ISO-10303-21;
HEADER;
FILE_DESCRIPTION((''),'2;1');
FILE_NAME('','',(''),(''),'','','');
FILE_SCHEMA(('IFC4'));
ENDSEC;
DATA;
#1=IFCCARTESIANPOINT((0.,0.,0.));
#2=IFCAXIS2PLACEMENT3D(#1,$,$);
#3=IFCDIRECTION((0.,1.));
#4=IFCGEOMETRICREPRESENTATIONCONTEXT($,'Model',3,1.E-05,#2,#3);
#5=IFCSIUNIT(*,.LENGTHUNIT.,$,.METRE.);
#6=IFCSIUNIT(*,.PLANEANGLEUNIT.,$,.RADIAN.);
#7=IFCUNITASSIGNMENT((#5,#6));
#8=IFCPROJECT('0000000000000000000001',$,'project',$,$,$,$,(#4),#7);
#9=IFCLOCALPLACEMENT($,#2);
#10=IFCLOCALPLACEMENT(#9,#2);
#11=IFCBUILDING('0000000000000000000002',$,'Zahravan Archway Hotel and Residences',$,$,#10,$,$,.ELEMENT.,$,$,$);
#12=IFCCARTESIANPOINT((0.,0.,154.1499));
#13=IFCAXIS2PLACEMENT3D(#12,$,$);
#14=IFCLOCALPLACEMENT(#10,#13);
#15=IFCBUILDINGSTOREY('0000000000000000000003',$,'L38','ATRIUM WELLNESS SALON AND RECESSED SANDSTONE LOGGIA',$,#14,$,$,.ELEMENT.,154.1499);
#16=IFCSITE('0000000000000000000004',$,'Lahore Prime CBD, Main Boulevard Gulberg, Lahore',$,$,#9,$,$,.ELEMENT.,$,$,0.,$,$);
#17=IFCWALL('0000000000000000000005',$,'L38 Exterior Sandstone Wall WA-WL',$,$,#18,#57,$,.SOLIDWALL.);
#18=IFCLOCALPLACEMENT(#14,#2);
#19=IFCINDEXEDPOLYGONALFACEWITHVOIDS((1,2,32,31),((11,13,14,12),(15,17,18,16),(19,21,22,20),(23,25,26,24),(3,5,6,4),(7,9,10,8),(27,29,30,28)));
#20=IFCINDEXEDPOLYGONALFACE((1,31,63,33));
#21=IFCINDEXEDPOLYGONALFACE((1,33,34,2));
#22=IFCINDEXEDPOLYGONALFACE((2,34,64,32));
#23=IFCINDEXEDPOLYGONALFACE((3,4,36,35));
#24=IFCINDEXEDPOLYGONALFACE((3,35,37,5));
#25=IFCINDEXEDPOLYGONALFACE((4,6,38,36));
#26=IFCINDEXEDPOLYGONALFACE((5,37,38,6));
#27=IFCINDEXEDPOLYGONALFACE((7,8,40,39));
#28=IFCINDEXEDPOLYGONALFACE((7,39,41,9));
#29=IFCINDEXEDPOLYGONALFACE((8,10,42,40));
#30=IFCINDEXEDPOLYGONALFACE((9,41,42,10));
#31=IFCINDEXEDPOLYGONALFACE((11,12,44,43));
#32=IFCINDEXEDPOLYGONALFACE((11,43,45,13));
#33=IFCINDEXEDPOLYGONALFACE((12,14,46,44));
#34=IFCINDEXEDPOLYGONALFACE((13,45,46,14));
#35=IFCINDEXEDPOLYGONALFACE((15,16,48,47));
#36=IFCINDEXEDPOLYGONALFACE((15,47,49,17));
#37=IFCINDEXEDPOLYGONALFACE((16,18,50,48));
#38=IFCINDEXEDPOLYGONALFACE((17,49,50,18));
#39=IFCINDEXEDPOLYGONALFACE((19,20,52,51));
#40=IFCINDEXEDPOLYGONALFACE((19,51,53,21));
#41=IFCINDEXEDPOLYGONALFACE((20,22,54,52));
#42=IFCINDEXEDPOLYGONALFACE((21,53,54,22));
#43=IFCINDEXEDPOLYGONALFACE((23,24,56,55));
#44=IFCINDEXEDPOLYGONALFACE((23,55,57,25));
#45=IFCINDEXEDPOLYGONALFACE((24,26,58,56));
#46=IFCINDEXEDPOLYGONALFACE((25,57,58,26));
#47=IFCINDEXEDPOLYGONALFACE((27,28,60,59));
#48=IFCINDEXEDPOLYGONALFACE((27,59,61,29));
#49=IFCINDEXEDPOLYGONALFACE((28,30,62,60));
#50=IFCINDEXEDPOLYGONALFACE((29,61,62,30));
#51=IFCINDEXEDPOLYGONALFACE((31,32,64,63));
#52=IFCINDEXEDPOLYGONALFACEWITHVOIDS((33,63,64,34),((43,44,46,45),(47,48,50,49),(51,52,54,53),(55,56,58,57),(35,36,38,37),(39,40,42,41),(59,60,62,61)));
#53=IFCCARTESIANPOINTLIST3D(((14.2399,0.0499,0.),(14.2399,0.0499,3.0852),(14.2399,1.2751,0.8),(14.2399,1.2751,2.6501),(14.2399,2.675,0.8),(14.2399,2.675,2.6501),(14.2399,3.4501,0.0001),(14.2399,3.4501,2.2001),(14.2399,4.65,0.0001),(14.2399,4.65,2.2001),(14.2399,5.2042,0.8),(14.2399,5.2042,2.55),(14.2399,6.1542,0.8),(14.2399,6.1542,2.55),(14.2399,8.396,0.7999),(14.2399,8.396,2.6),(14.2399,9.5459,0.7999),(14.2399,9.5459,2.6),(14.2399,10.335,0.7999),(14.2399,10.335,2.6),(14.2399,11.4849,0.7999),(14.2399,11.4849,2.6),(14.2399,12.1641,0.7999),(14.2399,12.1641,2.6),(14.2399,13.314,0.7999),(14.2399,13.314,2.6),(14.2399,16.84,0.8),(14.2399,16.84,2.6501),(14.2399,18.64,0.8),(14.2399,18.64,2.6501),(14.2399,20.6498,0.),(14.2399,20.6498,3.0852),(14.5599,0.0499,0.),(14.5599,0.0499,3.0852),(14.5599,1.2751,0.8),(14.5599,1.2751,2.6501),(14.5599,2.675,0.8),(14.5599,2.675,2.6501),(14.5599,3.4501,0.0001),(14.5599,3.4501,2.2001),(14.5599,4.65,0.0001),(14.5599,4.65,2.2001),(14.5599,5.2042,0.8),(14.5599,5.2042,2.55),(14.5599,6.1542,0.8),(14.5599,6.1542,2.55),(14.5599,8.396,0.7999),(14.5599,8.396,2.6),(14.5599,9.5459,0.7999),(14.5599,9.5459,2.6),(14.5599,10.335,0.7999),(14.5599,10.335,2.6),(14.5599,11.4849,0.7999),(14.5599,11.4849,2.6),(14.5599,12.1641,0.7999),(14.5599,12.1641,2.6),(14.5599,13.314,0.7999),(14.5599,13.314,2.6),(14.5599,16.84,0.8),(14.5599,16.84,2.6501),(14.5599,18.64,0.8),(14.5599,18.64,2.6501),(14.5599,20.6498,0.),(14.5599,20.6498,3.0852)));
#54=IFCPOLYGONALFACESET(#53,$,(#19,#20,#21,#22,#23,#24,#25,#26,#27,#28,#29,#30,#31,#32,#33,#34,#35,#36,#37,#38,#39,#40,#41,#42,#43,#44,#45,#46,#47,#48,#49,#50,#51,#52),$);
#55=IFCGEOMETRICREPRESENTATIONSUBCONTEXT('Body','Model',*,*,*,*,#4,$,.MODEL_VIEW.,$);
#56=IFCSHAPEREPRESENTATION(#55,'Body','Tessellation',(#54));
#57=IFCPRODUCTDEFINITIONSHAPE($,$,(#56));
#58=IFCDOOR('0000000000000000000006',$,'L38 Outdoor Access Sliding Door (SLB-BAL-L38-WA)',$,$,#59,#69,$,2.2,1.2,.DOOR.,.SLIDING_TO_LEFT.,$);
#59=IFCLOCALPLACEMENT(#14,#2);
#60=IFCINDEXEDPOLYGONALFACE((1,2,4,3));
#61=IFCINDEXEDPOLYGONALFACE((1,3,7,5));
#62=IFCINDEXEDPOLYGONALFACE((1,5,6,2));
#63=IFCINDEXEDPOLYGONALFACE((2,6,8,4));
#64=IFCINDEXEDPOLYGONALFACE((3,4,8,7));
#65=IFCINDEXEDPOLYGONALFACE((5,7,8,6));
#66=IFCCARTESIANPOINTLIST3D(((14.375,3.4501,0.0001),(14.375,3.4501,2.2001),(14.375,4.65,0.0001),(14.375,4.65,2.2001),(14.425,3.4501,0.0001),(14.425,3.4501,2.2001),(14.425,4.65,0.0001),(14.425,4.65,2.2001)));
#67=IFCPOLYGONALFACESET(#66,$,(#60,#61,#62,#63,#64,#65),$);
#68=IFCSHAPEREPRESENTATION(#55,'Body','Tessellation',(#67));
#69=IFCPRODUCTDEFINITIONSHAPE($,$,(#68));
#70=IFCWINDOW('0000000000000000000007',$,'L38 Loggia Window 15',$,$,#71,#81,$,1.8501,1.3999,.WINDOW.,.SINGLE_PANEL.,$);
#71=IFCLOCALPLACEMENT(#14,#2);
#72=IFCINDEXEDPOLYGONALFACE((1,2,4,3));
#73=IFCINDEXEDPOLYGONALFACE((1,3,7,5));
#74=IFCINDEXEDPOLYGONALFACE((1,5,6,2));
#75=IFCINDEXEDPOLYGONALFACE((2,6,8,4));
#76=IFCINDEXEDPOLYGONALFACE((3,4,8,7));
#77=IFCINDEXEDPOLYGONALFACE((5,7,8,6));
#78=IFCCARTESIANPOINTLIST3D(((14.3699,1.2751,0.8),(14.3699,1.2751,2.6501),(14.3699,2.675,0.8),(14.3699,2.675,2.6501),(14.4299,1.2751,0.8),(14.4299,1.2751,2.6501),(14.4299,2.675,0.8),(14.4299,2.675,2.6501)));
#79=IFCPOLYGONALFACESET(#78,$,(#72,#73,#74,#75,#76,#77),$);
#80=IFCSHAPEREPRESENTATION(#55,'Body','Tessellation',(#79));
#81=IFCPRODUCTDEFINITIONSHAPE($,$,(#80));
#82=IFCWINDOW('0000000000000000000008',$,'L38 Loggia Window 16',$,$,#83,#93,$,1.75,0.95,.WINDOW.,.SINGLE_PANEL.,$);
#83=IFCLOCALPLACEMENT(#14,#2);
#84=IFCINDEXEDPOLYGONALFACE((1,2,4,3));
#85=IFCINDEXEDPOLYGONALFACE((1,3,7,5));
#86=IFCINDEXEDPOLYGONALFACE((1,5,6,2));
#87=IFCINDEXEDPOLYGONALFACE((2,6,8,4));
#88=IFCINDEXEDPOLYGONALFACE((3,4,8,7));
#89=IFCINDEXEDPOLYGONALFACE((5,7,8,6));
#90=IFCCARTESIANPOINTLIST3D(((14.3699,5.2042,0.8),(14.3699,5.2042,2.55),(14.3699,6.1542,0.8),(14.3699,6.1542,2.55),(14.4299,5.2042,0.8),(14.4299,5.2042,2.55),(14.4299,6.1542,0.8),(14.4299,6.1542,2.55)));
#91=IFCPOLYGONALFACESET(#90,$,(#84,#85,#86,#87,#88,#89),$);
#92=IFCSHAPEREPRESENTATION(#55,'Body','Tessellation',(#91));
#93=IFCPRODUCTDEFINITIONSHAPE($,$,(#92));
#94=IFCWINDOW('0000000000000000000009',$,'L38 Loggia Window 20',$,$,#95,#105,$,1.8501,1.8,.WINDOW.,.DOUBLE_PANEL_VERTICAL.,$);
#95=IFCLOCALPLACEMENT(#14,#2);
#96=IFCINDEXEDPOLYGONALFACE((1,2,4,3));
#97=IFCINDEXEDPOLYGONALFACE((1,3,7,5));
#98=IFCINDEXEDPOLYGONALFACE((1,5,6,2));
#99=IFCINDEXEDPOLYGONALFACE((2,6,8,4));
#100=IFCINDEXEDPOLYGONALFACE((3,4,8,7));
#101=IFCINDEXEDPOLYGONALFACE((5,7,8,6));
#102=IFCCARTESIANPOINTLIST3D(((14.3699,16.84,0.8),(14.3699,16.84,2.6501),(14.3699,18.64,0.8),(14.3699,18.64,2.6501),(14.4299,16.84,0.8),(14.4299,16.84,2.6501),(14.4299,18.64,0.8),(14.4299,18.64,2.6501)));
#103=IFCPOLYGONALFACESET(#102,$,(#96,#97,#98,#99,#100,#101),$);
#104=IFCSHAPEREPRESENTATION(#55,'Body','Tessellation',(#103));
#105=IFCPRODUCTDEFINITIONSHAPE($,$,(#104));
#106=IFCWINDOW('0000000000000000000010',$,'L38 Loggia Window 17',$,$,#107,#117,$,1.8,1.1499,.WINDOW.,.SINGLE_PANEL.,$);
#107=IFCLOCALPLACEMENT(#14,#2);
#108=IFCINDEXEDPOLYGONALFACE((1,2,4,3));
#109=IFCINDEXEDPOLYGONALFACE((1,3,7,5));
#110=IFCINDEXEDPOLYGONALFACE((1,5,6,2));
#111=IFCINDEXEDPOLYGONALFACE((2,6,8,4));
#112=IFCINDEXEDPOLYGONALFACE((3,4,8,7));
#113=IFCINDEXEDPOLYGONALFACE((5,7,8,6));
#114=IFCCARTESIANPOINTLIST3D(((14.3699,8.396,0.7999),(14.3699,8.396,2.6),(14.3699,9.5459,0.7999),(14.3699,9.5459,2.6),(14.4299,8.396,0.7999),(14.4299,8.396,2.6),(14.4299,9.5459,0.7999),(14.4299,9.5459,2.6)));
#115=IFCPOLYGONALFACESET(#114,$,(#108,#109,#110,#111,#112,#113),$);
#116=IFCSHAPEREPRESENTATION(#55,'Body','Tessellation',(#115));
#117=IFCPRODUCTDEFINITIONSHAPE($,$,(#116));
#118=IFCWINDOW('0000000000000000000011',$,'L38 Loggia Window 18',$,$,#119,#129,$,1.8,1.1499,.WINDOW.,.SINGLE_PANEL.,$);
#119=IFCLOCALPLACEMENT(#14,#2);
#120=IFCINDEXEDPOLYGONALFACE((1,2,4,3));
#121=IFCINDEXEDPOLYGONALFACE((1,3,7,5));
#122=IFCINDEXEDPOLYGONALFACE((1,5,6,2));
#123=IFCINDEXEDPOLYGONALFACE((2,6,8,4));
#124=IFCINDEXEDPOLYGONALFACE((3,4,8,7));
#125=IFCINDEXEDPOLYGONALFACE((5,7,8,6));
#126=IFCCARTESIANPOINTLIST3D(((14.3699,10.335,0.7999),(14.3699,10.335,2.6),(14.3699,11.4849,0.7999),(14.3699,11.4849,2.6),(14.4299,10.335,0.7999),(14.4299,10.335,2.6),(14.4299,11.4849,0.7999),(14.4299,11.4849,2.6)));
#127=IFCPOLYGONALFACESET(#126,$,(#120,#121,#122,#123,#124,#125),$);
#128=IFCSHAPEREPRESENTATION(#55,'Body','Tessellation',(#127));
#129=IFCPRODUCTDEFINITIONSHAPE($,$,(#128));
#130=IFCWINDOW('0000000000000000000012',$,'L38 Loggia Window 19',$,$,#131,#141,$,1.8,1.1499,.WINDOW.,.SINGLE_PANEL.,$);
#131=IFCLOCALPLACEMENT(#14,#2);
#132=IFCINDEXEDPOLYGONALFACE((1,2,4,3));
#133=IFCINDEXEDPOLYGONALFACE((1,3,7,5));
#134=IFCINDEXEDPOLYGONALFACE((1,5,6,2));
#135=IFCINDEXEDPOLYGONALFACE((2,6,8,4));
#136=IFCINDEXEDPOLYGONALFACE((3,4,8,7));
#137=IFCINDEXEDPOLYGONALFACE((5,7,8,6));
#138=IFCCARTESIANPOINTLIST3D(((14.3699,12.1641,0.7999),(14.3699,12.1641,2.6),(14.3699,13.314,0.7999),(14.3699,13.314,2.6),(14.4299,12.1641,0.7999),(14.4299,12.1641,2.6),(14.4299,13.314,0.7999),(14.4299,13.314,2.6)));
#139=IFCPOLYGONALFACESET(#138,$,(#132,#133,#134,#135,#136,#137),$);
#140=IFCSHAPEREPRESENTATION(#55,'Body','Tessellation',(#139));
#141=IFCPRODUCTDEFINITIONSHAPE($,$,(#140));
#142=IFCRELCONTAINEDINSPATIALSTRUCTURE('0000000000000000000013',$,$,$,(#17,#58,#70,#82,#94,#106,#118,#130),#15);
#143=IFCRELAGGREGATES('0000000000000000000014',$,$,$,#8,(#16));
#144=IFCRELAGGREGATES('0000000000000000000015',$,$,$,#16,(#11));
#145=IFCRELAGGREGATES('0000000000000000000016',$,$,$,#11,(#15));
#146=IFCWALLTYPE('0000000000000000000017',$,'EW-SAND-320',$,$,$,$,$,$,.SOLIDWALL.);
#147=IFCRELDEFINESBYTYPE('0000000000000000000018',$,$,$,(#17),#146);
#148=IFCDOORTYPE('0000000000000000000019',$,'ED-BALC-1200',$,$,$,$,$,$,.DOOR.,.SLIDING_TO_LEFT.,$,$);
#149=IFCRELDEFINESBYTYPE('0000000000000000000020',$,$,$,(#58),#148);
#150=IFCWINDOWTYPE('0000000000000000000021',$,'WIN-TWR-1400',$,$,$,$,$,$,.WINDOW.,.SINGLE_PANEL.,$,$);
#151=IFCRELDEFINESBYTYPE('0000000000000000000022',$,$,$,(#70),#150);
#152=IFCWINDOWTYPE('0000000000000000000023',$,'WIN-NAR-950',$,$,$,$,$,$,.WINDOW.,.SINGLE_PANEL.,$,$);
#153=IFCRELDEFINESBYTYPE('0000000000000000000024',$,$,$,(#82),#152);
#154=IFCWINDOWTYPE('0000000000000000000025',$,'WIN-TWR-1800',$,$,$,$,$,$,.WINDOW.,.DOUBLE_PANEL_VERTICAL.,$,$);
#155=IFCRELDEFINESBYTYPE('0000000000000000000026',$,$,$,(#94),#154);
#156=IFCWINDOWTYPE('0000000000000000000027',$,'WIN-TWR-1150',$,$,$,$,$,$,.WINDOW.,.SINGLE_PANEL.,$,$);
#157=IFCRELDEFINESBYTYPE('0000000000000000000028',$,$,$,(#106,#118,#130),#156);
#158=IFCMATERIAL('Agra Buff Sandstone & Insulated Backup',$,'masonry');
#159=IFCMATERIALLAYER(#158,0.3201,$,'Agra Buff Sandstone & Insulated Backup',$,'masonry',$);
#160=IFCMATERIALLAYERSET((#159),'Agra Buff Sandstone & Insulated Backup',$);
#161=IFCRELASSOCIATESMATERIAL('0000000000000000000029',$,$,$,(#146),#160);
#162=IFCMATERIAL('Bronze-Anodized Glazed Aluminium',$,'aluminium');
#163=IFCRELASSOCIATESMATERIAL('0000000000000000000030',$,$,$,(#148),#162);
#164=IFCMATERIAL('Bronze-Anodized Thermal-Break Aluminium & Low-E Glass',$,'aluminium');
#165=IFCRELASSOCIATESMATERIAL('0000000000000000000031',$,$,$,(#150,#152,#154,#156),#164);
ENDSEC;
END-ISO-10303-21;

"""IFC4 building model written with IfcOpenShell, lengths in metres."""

from ifc_helpers import new_model, si_unit, direction, frame, frame_2d, origin, place, context, subcontext, project, spatial, rectangle, extrude, source, transform, mapped, material, layer, layer_set, type_object, type_shapes, element, fill, save


model = new_model("IFC4")

# Units and contexts
model_context = context("Model", 3, precision=1e-05, world=origin(), true_north=direction((0.0, 1.0)))
body_context = subcontext(model_context, "Body", "Model", "MODEL_VIEW")
ifc_project = project(units=[si_unit("LENGTHUNIT", "METRE"), si_unit("PLANEANGLEUNIT", "RADIAN")], contexts=[model_context])

# Site, building, storey
site_placement = place(None, origin())
site = spatial("IfcSite", under=ifc_project, at=site_placement, Name="Lahore Prime CBD, Main Boulevard Gulberg, Lahore", CompositionType="ELEMENT", RefElevation=0.0)
building_placement = place(site_placement, origin())
building = spatial("IfcBuilding", under=site, at=building_placement, Name="Zahravan Archway Hotel and Residences", CompositionType="ELEMENT")
storey_placement = place(building_placement, frame((0.0, 0.0, 154.1499)))
storey = spatial("IfcBuildingStorey", under=building, at=storey_placement, Name="L38", Description="ATRIUM WELLNESS SALON AND RECESSED SANDSTONE LOGGIA", CompositionType="ELEMENT", Elevation=154.1499)

# Wall, openings, door, windows
ifc_material_1 = material(Name="Agra Buff Sandstone & Insulated Backup", Category="masonry")
ifc_layer_1 = layer(ifc_material_1, 0.3201, Name="Agra Buff Sandstone & Insulated Backup", Category="masonry")
ifc_layer_set_1 = layer_set([ifc_layer_1], Name="Agra Buff Sandstone & Insulated Backup")
wall_type_1 = type_object("IfcWallType", Name="EW-SAND-320", PredefinedType="SOLIDWALL", material=ifc_layer_set_1)
ifc_material_2 = material(Name="Bronze-Anodized Glazed Aluminium", Category="aluminium")
door_type = type_object("IfcDoorType", Name="ED-BALC-1200", OperationType="SLIDING_TO_LEFT", PredefinedType="DOOR", material=ifc_material_2)
shared_shape_1 = source(origin(), body_context, "Body", "SweptSolid", [
    extrude(rectangle(XDim=1.2, YDim=2.2, at=frame_2d((0.6001, 1.1001))), frame((0.0, 0.0249, 0.0), z_axis=(0.0, -1.0, 0.0), x_axis=(1.0, 0.0, 0.0)), (0.0, 0.0, 1.0), 0.05),
])
type_shapes(door_type, [shared_shape_1])
ifc_material_3 = material(Name="Bronze-Anodized Thermal-Break Aluminium & Low-E Glass", Category="aluminium")
window_type_1 = type_object("IfcWindowType", Name="WIN-TWR-1400", PartitioningType="SINGLE_PANEL", PredefinedType="WINDOW", material=ifc_material_3)
shared_shape_2 = source(origin(), body_context, "Body", "SweptSolid", [
    extrude(rectangle(XDim=1.3999, YDim=1.8501, at=frame_2d((0.7, 0.925))), frame((0.0, 0.03, 0.0), z_axis=(0.0, -1.0, 0.0), x_axis=(1.0, 0.0, 0.0)), (0.0, 0.0, 1.0), 0.0601),
])
type_shapes(window_type_1, [shared_shape_2])
window_type_2 = type_object("IfcWindowType", Name="WIN-NAR-950", PartitioningType="SINGLE_PANEL", PredefinedType="WINDOW", material=ifc_material_3)
shared_shape_3 = source(origin(), body_context, "Body", "SweptSolid", [
    extrude(rectangle(XDim=0.95, YDim=1.75, at=frame_2d((0.4751, 0.875))), frame((0.0, 0.03, 0.0), z_axis=(0.0, -1.0, 0.0), x_axis=(1.0, 0.0, 0.0)), (0.0, 0.0, 1.0), 0.0601),
])
type_shapes(window_type_2, [shared_shape_3])
window_type_3 = type_object("IfcWindowType", Name="WIN-TWR-1800", PartitioningType="DOUBLE_PANEL_VERTICAL", PredefinedType="WINDOW", material=ifc_material_3)
shared_shape_4 = source(origin(), body_context, "Body", "SweptSolid", [
    extrude(rectangle(XDim=1.8, YDim=1.8501, at=frame_2d((0.8999, 0.925))), frame((0.0, 0.03, 0.0), z_axis=(0.0, -1.0, 0.0), x_axis=(1.0, 0.0, 0.0)), (0.0, 0.0, 1.0), 0.0601),
])
type_shapes(window_type_3, [shared_shape_4])
wall_1_placement = place(storey_placement, frame((14.3999, 0.05, 0.0), z_axis=(0.0, 0.0, 1.0), x_axis=(0.0, 1.0, 0.0)))
wall_1 = element("IfcWall", 1, at=wall_1_placement, inside=storey, type_object=wall_type_1, Name="L38 Exterior Sandstone Wall WA-WL", PredefinedType="SOLIDWALL", context=body_context, shape_type="SweptSolid", body=[
    extrude(rectangle(XDim=20.5999, YDim=0.3201, at=frame_2d((10.2998, 0.0))), origin(), (0.0, 0.0, 1.0), 3.0852),
])
opening_1_placement = place(wall_1_placement, frame((3.3999, 0.0, 0.0)))
opening_1 = element("IfcOpeningElement", 2, at=opening_1_placement, cuts=wall_1, PredefinedType="OPENING", context=body_context, shape_type="SweptSolid", body=[
    extrude(rectangle(XDim=1.2, YDim=2.2, at=frame_2d((0.6001, 1.1001))), frame((0.0, 0.1699, 0.0), z_axis=(0.0, -1.0, 0.0), x_axis=(1.0, 0.0, 0.0)), (0.0, 0.0, 1.0), 0.3401),
])
opening_2_placement = place(wall_1_placement, frame((1.2251, 0.0, 0.8)))
opening_2 = element("IfcOpeningElement", 3, at=opening_2_placement, cuts=wall_1, PredefinedType="OPENING", context=body_context, shape_type="SweptSolid", body=[
    extrude(rectangle(XDim=1.3999, YDim=1.8501, at=frame_2d((0.7, 0.925))), frame((0.0, 0.1699, 0.0), z_axis=(0.0, -1.0, 0.0), x_axis=(1.0, 0.0, 0.0)), (0.0, 0.0, 1.0), 0.3401),
])
opening_3_placement = place(wall_1_placement, frame((5.1541, 0.0, 0.8)))
opening_3 = element("IfcOpeningElement", 4, at=opening_3_placement, cuts=wall_1, PredefinedType="OPENING", context=body_context, shape_type="SweptSolid", body=[
    extrude(rectangle(XDim=0.95, YDim=1.75, at=frame_2d((0.4751, 0.875))), frame((0.0, 0.1699, 0.0), z_axis=(0.0, -1.0, 0.0), x_axis=(1.0, 0.0, 0.0)), (0.0, 0.0, 1.0), 0.3401),
])
opening_4_placement = place(wall_1_placement, frame((8.3459, 0.0, 0.8)))
opening_4 = element("IfcOpeningElement", 5, at=opening_4_placement, cuts=wall_1, PredefinedType="OPENING", context=body_context, shape_type="SweptSolid", body=[
    extrude(rectangle(XDim=1.1499, YDim=1.8, at=frame_2d((0.575, 0.8999))), frame((0.0, 0.1699, 0.0), z_axis=(0.0, -1.0, 0.0), x_axis=(1.0, 0.0, 0.0)), (0.0, 0.0, 1.0), 0.3401),
])
opening_5_placement = place(wall_1_placement, frame((10.2849, 0.0, 0.8)))
opening_5 = element("IfcOpeningElement", 6, at=opening_5_placement, cuts=wall_1, PredefinedType="OPENING", context=body_context, shape_type="SweptSolid", body=[
    extrude(rectangle(XDim=1.1499, YDim=1.8, at=frame_2d((0.575, 0.8999))), frame((0.0, 0.1699, 0.0), z_axis=(0.0, -1.0, 0.0), x_axis=(1.0, 0.0, 0.0)), (0.0, 0.0, 1.0), 0.3401),
])
opening_6_placement = place(wall_1_placement, frame((12.114, 0.0, 0.8)))
opening_6 = element("IfcOpeningElement", 7, at=opening_6_placement, cuts=wall_1, PredefinedType="OPENING", context=body_context, shape_type="SweptSolid", body=[
    extrude(rectangle(XDim=1.1499, YDim=1.8, at=frame_2d((0.575, 0.8999))), frame((0.0, 0.1699, 0.0), z_axis=(0.0, -1.0, 0.0), x_axis=(1.0, 0.0, 0.0)), (0.0, 0.0, 1.0), 0.3401),
])
opening_7_placement = place(wall_1_placement, frame((16.79, 0.0, 0.8)))
opening_7 = element("IfcOpeningElement", 8, at=opening_7_placement, cuts=wall_1, PredefinedType="OPENING", context=body_context, shape_type="SweptSolid", body=[
    extrude(rectangle(XDim=1.8, YDim=1.8501, at=frame_2d((0.8999, 0.925))), frame((0.0, 0.1699, 0.0), z_axis=(0.0, -1.0, 0.0), x_axis=(1.0, 0.0, 0.0)), (0.0, 0.0, 1.0), 0.3401),
])
door_1_placement = place(opening_1_placement, origin())
door_1 = element("IfcDoor", 9, at=door_1_placement, inside=storey, type_object=door_type, Name="L38 Outdoor Access Sliding Door (SLB-BAL-L38-WA)", OperationType="SLIDING_TO_LEFT", OverallHeight=2.2, OverallWidth=1.2, PredefinedType="DOOR", context=body_context, shape_type="MappedRepresentation", body=[
    mapped(shared_shape_1, transform((0.0, 0.0, 0.0), scale=1.0)),
])
fill(opening_1, door_1)
window_1_placement = place(opening_2_placement, origin())
window_1 = element("IfcWindow", 10, at=window_1_placement, inside=storey, type_object=window_type_1, Name="L38 Loggia Window 15", OverallHeight=1.8501, OverallWidth=1.3999, PartitioningType="SINGLE_PANEL", PredefinedType="WINDOW", context=body_context, shape_type="MappedRepresentation", body=[
    mapped(shared_shape_2, transform((0.0, 0.0, 0.0), scale=1.0)),
])
fill(opening_2, window_1)
window_2_placement = place(opening_3_placement, origin())
window_2 = element("IfcWindow", 11, at=window_2_placement, inside=storey, type_object=window_type_2, Name="L38 Loggia Window 16", OverallHeight=1.75, OverallWidth=0.95, PartitioningType="SINGLE_PANEL", PredefinedType="WINDOW", context=body_context, shape_type="MappedRepresentation", body=[
    mapped(shared_shape_3, transform((0.0, 0.0, 0.0), scale=1.0)),
])
fill(opening_3, window_2)
window_3_placement = place(opening_7_placement, origin())
window_3 = element("IfcWindow", 12, at=window_3_placement, inside=storey, type_object=window_type_3, Name="L38 Loggia Window 20", OverallHeight=1.8501, OverallWidth=1.8, PartitioningType="DOUBLE_PANEL_VERTICAL", PredefinedType="WINDOW", context=body_context, shape_type="MappedRepresentation", body=[
    mapped(shared_shape_4, transform((0.0, 0.0, 0.0), scale=1.0)),
])
fill(opening_7, window_3)
window_type_4 = type_object("IfcWindowType", Name="WIN-TWR-1150", PartitioningType="SINGLE_PANEL", PredefinedType="WINDOW", material=ifc_material_3)
shared_shape_5 = source(origin(), body_context, "Body", "SweptSolid", [
    extrude(rectangle(XDim=1.1499, YDim=1.8, at=frame_2d((0.575, 0.8999))), frame((0.0, 0.03, 0.0), z_axis=(0.0, -1.0, 0.0), x_axis=(1.0, 0.0, 0.0)), (0.0, 0.0, 1.0), 0.0601),
])
type_shapes(window_type_4, [shared_shape_5])
window_4_placement = place(opening_4_placement, origin())
window_4 = element("IfcWindow", 13, at=window_4_placement, inside=storey, type_object=window_type_4, Name="L38 Loggia Window 17", OverallHeight=1.8, OverallWidth=1.1499, PartitioningType="SINGLE_PANEL", PredefinedType="WINDOW", context=body_context, shape_type="MappedRepresentation", body=[
    mapped(shared_shape_5, transform((0.0, 0.0, 0.0), scale=1.0)),
])
fill(opening_4, window_4)
window_5_placement = place(opening_5_placement, origin())
window_5 = element("IfcWindow", 14, at=window_5_placement, inside=storey, type_object=window_type_4, Name="L38 Loggia Window 18", OverallHeight=1.8, OverallWidth=1.1499, PartitioningType="SINGLE_PANEL", PredefinedType="WINDOW", context=body_context, shape_type="MappedRepresentation", body=[
    mapped(shared_shape_5, transform((0.0, 0.0, 0.0), scale=1.0)),
])
fill(opening_5, window_5)
window_6_placement = place(opening_6_placement, origin())
window_6 = element("IfcWindow", 15, at=window_6_placement, inside=storey, type_object=window_type_4, Name="L38 Loggia Window 19", OverallHeight=1.8, OverallWidth=1.1499, PartitioningType="SINGLE_PANEL", PredefinedType="WINDOW", context=body_context, shape_type="MappedRepresentation", body=[
    mapped(shared_shape_5, transform((0.0, 0.0, 0.0), scale=1.0)),
])
fill(opening_6, window_6)

save(model, "model.ifc")
